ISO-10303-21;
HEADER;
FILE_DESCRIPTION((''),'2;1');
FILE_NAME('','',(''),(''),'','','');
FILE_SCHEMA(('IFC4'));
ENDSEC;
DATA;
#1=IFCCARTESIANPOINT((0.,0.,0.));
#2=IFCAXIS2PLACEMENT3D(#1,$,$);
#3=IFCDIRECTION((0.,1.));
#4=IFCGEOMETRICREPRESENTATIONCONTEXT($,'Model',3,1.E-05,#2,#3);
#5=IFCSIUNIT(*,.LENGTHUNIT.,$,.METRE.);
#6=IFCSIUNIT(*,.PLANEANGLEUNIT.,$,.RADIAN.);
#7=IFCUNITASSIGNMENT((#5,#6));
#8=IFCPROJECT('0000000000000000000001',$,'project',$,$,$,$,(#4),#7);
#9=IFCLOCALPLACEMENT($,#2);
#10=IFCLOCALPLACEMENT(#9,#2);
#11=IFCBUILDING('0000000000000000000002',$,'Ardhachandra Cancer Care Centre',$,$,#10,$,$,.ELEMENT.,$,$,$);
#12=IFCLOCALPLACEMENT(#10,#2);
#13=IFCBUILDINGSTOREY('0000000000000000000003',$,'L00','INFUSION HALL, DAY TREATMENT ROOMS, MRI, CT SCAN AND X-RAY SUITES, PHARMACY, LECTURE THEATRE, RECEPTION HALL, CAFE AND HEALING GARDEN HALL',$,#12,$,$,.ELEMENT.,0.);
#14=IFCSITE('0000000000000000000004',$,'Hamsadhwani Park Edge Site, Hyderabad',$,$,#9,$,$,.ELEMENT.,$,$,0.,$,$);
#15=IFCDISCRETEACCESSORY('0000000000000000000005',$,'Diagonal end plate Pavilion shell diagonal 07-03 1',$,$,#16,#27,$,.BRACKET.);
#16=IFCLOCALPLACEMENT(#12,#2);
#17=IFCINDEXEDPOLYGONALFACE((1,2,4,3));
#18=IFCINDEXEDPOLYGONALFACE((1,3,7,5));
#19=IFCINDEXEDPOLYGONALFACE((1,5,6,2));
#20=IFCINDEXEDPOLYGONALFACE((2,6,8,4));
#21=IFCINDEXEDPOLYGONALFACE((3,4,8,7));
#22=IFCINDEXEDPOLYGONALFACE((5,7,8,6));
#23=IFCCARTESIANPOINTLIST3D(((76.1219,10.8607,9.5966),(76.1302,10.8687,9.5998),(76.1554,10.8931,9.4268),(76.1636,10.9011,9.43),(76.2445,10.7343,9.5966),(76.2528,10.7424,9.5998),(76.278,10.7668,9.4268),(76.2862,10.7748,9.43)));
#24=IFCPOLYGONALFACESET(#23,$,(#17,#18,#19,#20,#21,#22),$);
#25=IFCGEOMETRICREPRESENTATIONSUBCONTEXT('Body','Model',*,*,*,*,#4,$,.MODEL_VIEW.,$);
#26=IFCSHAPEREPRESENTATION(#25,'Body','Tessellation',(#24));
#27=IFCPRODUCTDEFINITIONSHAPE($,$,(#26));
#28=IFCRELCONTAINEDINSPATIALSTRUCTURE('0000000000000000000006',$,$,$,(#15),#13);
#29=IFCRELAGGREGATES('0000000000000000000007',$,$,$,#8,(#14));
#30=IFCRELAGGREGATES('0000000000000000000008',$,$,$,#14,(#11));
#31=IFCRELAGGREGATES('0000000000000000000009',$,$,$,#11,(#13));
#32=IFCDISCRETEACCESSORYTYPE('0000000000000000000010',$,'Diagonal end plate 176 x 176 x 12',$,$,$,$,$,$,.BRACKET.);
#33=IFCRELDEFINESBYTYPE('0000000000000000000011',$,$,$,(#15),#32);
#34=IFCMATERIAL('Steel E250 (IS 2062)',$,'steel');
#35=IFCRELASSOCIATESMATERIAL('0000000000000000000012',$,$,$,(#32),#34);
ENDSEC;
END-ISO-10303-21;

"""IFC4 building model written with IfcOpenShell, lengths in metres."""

from ifc_helpers import new_model, si_unit, direction, frame, origin, origin_2d, place, context, subcontext, project, spatial, rectangle, extrude, material, material_profile, profile_set, type_object, element, save


model = new_model("IFC4")

# Units and contexts
model_context = context("Model", 3, precision=1e-05, world=origin(), true_north=direction((0.0, 1.0)))
body_context = subcontext(model_context, "Body", "Model", "MODEL_VIEW")
ifc_project = project(units=[si_unit("LENGTHUNIT", "METRE"), si_unit("PLANEANGLEUNIT", "RADIAN")], contexts=[model_context])

# Site, building, storey
site_placement = place(None, origin())
site = spatial("IfcSite", under=ifc_project, at=site_placement, Name="Hamsadhwani Park Edge Site, Hyderabad", CompositionType="ELEMENT", RefElevation=0.0)
building_placement = place(site_placement, origin())
building = spatial("IfcBuilding", under=site, at=building_placement, Name="Ardhachandra Cancer Care Centre", CompositionType="ELEMENT")
storey_placement = place(building_placement, origin())
storey = spatial("IfcBuildingStorey", under=building, at=storey_placement, Name="L00", Description="INFUSION HALL, DAY TREATMENT ROOMS, MRI, CT SCAN AND X-RAY SUITES, PHARMACY, LECTURE THEATRE, RECEPTION HALL, CAFE AND HEALING GARDEN HALL", CompositionType="ELEMENT", Elevation=0.0)

# Discrete accessory
ifc_material_1 = material(Name="Steel E250 (IS 2062)", Category="steel")
ifc_material_profile_1 = material_profile(ifc_material_1, rectangle(XDim=0.176, YDim=0.176, at=origin_2d()), Name="PL 176x176x12")
ifc_profile_set_1 = profile_set([ifc_material_profile_1], Name="Steel E250 (IS 2062)")
discrete_accessory_type = type_object("IfcDiscreteAccessoryType", Name="Diagonal end plate 176 x 176 x 12", PredefinedType="BRACKET", material=ifc_profile_set_1)
discrete_accessory_1_placement = place(storey_placement, frame((76.2, 10.8137, 9.5117), z_axis=(0.692007, 0.671654, 0.264591), x_axis=(-0.696475, 0.717581, 0.0)))
element("IfcDiscreteAccessory", 1, at=discrete_accessory_1_placement, inside=storey, type_object=discrete_accessory_type, Name="Diagonal end plate Pavilion shell diagonal 07-03 1", PredefinedType="BRACKET", context=body_context, shape_type="SweptSolid", body=[
    extrude(rectangle(XDim=0.176, YDim=0.176, at=origin_2d()), origin(), (0.0, 0.0, 1.0), 0.012),
])

save(model, "model.ifc")
